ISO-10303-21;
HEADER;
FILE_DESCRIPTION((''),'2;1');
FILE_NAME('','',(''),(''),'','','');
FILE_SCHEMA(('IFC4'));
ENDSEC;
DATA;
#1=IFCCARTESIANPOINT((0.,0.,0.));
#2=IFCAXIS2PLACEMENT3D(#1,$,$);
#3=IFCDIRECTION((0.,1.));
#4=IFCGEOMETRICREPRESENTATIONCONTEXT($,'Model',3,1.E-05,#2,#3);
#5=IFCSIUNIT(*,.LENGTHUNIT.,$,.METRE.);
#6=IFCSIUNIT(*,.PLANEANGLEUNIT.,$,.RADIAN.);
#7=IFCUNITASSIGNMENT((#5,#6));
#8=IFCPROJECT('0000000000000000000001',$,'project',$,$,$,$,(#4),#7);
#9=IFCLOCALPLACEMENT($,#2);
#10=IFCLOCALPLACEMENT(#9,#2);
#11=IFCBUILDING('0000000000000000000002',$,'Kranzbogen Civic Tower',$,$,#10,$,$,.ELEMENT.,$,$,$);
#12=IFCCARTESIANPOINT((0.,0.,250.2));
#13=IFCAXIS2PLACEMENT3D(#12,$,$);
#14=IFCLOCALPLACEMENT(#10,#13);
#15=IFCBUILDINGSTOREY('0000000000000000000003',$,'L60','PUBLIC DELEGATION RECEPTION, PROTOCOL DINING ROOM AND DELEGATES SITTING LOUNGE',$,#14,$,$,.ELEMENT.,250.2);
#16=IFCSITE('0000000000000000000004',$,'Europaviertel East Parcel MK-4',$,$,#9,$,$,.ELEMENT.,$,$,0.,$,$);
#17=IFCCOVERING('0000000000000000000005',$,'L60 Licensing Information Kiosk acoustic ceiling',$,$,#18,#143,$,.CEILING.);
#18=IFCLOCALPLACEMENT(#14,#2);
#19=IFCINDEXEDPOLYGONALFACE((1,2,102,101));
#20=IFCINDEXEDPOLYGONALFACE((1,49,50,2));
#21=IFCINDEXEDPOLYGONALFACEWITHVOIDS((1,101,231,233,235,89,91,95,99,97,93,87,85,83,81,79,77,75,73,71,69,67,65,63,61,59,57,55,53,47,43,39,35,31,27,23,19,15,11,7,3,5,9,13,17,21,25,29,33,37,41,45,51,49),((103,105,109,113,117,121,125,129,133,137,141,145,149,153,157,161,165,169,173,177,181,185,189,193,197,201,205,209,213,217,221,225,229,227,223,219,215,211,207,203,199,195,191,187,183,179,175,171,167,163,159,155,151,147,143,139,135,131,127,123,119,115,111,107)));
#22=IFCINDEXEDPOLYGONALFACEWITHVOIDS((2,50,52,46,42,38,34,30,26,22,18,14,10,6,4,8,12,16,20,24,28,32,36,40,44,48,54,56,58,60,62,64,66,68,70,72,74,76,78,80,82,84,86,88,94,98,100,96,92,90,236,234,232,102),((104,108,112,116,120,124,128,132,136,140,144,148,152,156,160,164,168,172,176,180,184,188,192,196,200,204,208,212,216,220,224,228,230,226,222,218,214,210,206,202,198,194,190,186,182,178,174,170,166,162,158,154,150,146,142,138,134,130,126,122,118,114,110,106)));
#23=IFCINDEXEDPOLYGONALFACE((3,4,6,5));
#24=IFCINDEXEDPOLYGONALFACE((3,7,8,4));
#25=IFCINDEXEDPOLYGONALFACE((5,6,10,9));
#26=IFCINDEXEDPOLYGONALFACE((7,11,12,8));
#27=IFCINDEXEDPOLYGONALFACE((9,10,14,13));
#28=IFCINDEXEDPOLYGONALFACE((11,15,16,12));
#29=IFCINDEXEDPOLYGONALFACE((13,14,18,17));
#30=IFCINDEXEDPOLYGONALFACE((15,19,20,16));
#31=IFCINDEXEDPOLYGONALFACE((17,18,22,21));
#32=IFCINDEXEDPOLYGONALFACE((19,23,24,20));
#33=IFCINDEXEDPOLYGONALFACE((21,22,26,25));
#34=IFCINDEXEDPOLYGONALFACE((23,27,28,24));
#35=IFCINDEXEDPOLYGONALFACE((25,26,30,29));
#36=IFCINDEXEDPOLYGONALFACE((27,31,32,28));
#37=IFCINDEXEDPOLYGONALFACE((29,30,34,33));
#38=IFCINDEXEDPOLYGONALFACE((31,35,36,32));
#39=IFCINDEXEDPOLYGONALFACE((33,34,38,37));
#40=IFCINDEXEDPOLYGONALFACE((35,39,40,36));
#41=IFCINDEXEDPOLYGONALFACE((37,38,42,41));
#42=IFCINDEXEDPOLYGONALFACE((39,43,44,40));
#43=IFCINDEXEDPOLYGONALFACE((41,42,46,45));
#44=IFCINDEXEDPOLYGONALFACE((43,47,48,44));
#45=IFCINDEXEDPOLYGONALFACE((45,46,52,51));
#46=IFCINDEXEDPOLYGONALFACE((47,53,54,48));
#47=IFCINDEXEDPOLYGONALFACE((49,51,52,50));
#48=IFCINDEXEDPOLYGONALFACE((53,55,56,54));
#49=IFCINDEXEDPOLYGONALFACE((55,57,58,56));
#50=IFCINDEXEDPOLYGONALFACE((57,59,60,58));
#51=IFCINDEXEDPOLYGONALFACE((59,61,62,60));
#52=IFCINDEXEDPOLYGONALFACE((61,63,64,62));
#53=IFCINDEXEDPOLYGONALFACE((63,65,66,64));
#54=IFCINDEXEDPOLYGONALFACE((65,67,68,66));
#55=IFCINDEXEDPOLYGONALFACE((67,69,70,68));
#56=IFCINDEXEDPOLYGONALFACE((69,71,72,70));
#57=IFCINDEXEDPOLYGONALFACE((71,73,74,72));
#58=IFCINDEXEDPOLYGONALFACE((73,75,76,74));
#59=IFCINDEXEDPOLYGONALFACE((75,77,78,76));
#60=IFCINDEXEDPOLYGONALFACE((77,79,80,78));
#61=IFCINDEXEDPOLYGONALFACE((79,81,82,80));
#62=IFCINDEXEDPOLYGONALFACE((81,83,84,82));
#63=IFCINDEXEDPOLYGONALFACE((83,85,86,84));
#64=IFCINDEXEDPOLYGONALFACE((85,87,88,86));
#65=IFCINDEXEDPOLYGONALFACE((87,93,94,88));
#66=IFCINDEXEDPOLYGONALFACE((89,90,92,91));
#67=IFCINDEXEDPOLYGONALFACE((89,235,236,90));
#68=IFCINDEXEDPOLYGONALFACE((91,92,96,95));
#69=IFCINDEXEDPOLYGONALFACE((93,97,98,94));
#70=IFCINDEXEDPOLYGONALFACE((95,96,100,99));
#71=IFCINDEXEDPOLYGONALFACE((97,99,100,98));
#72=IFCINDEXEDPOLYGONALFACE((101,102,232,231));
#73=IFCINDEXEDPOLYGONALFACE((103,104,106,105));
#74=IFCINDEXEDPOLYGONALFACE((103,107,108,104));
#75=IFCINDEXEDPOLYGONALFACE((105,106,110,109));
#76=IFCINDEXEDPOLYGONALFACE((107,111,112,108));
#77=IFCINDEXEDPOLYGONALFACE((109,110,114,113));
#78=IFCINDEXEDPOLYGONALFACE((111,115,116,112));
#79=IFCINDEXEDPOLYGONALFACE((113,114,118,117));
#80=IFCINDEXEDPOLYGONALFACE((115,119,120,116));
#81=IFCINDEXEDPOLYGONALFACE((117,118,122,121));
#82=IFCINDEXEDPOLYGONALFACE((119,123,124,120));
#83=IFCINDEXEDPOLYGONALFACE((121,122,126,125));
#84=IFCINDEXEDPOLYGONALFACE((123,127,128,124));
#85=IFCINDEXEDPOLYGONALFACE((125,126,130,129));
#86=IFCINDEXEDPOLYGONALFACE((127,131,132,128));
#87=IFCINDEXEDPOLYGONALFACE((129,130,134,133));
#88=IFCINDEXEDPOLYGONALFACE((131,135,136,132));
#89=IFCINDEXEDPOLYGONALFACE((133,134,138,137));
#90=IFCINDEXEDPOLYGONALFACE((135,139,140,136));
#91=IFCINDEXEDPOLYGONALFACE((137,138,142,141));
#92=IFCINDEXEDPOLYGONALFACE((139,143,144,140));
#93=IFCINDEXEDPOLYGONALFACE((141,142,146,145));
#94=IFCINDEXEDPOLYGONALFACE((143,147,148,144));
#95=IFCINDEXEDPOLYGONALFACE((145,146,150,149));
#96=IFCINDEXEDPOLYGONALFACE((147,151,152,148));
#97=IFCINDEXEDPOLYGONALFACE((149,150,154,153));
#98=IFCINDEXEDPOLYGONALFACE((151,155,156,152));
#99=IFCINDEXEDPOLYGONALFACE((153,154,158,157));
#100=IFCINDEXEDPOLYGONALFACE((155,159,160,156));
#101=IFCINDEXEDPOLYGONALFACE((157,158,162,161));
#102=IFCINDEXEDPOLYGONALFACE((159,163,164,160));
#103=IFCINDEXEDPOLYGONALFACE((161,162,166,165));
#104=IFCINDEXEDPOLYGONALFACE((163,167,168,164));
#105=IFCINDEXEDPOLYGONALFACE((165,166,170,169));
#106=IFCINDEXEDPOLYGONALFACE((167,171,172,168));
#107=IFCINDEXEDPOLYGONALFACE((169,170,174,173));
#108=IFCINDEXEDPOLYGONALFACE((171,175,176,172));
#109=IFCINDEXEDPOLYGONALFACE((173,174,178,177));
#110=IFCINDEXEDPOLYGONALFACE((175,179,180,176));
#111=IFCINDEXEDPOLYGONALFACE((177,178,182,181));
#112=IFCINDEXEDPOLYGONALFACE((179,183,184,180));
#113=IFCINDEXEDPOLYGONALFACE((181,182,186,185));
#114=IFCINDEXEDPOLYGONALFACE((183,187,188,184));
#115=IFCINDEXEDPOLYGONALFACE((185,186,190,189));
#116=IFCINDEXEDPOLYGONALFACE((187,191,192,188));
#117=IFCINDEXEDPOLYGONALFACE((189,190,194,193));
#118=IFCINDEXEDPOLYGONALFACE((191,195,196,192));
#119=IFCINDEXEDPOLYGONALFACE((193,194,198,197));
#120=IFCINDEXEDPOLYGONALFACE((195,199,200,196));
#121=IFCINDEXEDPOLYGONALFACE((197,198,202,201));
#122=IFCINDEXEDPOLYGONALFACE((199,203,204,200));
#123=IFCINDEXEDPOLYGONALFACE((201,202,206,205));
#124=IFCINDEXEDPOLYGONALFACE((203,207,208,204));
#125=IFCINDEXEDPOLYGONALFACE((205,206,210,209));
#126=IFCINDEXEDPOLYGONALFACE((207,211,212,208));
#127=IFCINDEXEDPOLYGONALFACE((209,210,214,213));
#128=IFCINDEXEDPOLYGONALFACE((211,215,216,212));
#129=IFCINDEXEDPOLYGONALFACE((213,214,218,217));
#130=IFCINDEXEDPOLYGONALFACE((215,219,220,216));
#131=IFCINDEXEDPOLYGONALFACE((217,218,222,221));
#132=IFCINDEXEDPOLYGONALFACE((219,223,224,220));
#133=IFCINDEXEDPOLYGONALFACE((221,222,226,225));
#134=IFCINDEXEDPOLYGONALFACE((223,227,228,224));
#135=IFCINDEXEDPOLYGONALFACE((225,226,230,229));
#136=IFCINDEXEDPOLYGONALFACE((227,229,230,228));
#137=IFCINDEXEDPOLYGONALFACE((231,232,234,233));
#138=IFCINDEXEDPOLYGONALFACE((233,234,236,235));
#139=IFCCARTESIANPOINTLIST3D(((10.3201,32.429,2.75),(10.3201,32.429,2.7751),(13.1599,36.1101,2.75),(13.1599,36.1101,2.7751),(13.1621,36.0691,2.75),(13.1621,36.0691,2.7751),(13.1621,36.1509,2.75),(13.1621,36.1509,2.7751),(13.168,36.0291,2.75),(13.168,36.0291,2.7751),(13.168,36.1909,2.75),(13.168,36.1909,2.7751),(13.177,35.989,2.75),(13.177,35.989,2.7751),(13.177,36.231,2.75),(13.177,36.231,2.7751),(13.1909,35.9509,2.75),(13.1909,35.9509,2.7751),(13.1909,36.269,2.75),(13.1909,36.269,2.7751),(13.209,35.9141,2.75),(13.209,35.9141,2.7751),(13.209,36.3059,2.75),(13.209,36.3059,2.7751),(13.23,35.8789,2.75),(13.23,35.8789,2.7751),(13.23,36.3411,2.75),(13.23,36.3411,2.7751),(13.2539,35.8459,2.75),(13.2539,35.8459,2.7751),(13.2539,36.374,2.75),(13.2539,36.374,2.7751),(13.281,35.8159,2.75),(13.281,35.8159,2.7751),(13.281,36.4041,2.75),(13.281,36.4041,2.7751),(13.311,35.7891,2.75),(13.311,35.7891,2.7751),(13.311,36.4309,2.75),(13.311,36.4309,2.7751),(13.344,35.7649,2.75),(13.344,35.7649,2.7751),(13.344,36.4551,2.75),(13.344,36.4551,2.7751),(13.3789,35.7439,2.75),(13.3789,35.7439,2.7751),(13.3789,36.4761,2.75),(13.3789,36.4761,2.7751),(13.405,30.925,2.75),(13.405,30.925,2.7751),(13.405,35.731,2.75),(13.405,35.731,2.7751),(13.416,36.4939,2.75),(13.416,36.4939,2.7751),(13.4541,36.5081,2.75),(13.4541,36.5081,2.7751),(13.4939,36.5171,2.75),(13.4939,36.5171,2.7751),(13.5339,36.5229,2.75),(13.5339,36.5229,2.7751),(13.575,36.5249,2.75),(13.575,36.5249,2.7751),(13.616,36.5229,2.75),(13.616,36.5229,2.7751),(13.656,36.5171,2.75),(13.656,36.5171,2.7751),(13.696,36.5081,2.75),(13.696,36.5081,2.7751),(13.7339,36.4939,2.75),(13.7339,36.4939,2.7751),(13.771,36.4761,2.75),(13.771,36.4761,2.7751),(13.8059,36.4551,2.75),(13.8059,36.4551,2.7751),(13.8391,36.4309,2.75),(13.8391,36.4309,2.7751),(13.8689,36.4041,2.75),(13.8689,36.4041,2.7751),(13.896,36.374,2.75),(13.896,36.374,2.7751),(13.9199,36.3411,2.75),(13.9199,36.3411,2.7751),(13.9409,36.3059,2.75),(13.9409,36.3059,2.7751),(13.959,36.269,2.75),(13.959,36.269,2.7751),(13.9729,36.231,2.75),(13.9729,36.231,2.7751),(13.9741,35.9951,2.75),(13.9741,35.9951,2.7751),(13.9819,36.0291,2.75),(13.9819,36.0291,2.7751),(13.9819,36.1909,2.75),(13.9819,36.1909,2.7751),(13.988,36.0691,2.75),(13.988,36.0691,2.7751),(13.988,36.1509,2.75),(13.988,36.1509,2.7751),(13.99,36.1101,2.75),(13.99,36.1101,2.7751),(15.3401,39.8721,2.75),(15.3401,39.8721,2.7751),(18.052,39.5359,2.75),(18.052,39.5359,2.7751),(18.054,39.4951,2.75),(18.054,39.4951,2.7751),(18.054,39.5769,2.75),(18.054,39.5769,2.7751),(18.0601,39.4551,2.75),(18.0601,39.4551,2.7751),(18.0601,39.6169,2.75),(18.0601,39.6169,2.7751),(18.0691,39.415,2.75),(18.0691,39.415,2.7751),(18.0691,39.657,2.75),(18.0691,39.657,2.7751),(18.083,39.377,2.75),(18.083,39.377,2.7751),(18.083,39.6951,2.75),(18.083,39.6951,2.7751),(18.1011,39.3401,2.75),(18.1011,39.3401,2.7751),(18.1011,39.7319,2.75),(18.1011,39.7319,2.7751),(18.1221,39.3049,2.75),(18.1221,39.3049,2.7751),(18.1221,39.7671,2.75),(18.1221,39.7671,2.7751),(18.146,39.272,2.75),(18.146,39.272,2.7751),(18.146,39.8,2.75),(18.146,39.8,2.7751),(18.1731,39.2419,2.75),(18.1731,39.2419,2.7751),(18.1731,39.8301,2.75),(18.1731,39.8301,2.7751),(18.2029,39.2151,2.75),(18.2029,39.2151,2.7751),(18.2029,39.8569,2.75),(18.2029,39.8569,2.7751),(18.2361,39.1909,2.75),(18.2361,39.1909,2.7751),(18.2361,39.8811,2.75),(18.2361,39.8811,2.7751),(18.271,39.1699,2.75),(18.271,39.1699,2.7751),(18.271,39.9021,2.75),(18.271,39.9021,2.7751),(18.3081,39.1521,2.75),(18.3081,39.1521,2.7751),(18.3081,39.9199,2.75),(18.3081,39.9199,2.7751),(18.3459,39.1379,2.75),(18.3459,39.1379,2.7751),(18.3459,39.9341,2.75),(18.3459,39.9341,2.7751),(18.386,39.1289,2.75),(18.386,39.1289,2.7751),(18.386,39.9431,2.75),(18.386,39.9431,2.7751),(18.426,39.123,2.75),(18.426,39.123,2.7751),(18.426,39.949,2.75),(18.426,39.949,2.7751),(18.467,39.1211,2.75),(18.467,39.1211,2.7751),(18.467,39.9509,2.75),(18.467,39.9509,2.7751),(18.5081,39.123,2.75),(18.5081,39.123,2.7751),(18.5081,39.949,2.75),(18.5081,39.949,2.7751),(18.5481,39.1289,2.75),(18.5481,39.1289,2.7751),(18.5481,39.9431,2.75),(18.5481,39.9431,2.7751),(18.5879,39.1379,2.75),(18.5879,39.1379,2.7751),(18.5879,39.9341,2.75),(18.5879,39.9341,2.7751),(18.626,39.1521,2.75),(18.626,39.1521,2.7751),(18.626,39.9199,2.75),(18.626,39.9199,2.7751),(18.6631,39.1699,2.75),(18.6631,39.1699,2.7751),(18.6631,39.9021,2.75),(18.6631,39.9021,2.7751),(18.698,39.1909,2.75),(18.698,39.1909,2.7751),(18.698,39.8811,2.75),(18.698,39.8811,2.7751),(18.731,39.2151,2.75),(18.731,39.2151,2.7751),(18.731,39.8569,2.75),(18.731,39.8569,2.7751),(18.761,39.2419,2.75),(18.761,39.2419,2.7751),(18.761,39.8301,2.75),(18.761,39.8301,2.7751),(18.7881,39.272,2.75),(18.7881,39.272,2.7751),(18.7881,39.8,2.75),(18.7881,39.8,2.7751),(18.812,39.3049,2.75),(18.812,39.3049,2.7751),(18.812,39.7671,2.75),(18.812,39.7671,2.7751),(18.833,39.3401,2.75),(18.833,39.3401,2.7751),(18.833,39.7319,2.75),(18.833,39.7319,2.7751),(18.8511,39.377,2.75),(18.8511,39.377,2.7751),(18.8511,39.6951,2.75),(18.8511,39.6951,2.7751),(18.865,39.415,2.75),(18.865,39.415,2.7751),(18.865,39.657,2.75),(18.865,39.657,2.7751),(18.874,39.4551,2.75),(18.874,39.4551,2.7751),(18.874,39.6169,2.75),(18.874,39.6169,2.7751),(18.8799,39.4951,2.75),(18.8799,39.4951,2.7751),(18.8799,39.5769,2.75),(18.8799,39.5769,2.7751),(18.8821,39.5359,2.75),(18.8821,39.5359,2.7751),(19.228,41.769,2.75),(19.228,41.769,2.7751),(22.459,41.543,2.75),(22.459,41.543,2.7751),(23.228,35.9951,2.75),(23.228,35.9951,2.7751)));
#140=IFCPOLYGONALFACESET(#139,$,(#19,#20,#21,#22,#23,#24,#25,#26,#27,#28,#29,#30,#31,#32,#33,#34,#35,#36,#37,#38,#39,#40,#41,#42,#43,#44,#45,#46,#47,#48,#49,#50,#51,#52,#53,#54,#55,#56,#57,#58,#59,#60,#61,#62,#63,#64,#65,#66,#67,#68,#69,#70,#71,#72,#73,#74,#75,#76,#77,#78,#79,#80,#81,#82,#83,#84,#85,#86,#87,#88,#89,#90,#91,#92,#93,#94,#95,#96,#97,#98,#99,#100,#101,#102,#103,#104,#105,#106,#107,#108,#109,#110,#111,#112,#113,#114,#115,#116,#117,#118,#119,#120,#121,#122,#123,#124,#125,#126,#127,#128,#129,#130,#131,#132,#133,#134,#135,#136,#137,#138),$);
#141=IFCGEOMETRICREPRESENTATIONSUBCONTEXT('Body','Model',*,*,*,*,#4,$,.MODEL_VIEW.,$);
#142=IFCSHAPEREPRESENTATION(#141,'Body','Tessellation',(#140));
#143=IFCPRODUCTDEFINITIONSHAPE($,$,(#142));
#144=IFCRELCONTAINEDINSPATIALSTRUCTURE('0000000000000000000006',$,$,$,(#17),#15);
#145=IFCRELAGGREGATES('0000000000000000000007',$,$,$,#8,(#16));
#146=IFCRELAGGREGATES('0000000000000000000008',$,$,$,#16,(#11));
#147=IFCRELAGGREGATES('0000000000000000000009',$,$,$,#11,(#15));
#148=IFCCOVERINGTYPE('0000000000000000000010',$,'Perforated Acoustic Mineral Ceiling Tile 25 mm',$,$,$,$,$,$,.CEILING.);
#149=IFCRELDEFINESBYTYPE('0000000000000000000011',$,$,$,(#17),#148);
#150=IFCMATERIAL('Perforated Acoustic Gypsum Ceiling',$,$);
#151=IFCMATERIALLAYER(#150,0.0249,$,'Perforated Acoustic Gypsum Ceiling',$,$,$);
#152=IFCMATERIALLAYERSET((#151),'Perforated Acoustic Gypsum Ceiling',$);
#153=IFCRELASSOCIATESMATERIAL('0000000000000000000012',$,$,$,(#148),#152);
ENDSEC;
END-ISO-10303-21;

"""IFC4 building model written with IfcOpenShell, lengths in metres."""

from ifc_helpers import new_model, si_unit, direction, frame, origin, place, context, subcontext, project, spatial, polyline, outline, extrude, material, layer, layer_set, type_object, element, save


model = new_model("IFC4")

# Units and contexts
model_context = context("Model", 3, precision=1e-05, world=origin(), true_north=direction((0.0, 1.0)))
body_context = subcontext(model_context, "Body", "Model", "MODEL_VIEW")
ifc_project = project(units=[si_unit("LENGTHUNIT", "METRE"), si_unit("PLANEANGLEUNIT", "RADIAN")], contexts=[model_context])

# Site, building, storey
site_placement = place(None, origin())
site = spatial("IfcSite", under=ifc_project, at=site_placement, Name="Europaviertel East Parcel MK-4", CompositionType="ELEMENT", RefElevation=0.0)
building_placement = place(site_placement, origin())
building = spatial("IfcBuilding", under=site, at=building_placement, Name="Kranzbogen Civic Tower", CompositionType="ELEMENT")
storey_placement = place(building_placement, frame((0.0, 0.0, 250.2)))
storey = spatial("IfcBuildingStorey", under=building, at=storey_placement, Name="L60", Description="PUBLIC DELEGATION RECEPTION, PROTOCOL DINING ROOM AND DELEGATES SITTING LOUNGE", CompositionType="ELEMENT", Elevation=250.2)

# Covering
ifc_material_1 = material(Name="Perforated Acoustic Gypsum Ceiling")
ifc_layer_1 = layer(ifc_material_1, 0.0249, Name="Perforated Acoustic Gypsum Ceiling")
ifc_layer_set_1 = layer_set([ifc_layer_1], Name="Perforated Acoustic Gypsum Ceiling")
covering_type_1 = type_object("IfcCoveringType", Name="Perforated Acoustic Mineral Ceiling Tile 25 mm", PredefinedType="CEILING", material=ifc_layer_set_1)
covering_1_placement = place(storey_placement, frame((0.0, 0.0, 2.75)))
element("IfcCovering", 1, at=covering_1_placement, inside=storey, type_object=covering_type_1, Name="L60 Licensing Information Kiosk acoustic ceiling", PredefinedType="CEILING", context=body_context, shape_type="SweptSolid", body=[
    extrude(outline(polyline([(19.228, 41.769), (22.459, 41.543), (23.228, 35.9951), (13.9741, 35.9951), (13.9819, 36.0291), (13.988, 36.0691), (13.99, 36.1101), (13.988, 36.1509), (13.9819, 36.1909), (13.9729, 36.231), (13.959, 36.269), (13.9409, 36.3059), (13.9199, 36.3411), (13.896, 36.374), (13.8689, 36.4041), (13.8391, 36.4309), (13.8059, 36.4551), (13.771, 36.4761), (13.7339, 36.4939), (13.696, 36.5081), (13.656, 36.5171), (13.616, 36.5229), (13.575, 36.5249), (13.5339, 36.5229), (13.4939, 36.5171), (13.4541, 36.5081), (13.416, 36.4939), (13.3789, 36.4761), (13.344, 36.4551), (13.311, 36.4309), (13.281, 36.4041), (13.2539, 36.374), (13.23, 36.3411), (13.209, 36.3059), (13.1909, 36.269), (13.177, 36.231), (13.168, 36.1909), (13.1621, 36.1509), (13.1599, 36.1101), (13.1621, 36.0691), (13.168, 36.0291), (13.177, 35.989), (13.1909, 35.9509), (13.209, 35.9141), (13.23, 35.8789), (13.2539, 35.8459), (13.281, 35.8159), (13.311, 35.7891), (13.344, 35.7649), (13.3789, 35.7439), (13.405, 35.731), (13.405, 30.925), (10.3201, 32.429), (15.3401, 39.8721), (19.228, 41.769)]), holes=[polyline([(18.8511, 39.377), (18.833, 39.3401), (18.812, 39.3049), (18.7881, 39.272), (18.761, 39.2419), (18.731, 39.2151), (18.698, 39.1909), (18.6631, 39.1699), (18.626, 39.1521), (18.5879, 39.1379), (18.5481, 39.1289), (18.5081, 39.123), (18.467, 39.1211), (18.426, 39.123), (18.386, 39.1289), (18.3459, 39.1379), (18.3081, 39.1521), (18.271, 39.1699), (18.2361, 39.1909), (18.2029, 39.2151), (18.1731, 39.2419), (18.146, 39.272), (18.1221, 39.3049), (18.1011, 39.3401), (18.083, 39.377), (18.0691, 39.415), (18.0601, 39.4551), (18.054, 39.4951), (18.052, 39.5359), (18.054, 39.5769), (18.0601, 39.6169), (18.0691, 39.657), (18.083, 39.6951), (18.1011, 39.7319), (18.1221, 39.7671), (18.146, 39.8), (18.1731, 39.8301), (18.2029, 39.8569), (18.2361, 39.8811), (18.271, 39.9021), (18.3081, 39.9199), (18.3459, 39.9341), (18.386, 39.9431), (18.426, 39.949), (18.467, 39.9509), (18.5081, 39.949), (18.5481, 39.9431), (18.5879, 39.9341), (18.626, 39.9199), (18.6631, 39.9021), (18.698, 39.8811), (18.731, 39.8569), (18.761, 39.8301), (18.7881, 39.8), (18.812, 39.7671), (18.833, 39.7319), (18.8511, 39.6951), (18.865, 39.657), (18.874, 39.6169), (18.8799, 39.5769), (18.8821, 39.5359), (18.8799, 39.4951), (18.874, 39.4551), (18.865, 39.415), (18.8511, 39.377)])]), origin(), (0.0, 0.0, 1.0), 0.0251),
])

save(model, "model.ifc")
